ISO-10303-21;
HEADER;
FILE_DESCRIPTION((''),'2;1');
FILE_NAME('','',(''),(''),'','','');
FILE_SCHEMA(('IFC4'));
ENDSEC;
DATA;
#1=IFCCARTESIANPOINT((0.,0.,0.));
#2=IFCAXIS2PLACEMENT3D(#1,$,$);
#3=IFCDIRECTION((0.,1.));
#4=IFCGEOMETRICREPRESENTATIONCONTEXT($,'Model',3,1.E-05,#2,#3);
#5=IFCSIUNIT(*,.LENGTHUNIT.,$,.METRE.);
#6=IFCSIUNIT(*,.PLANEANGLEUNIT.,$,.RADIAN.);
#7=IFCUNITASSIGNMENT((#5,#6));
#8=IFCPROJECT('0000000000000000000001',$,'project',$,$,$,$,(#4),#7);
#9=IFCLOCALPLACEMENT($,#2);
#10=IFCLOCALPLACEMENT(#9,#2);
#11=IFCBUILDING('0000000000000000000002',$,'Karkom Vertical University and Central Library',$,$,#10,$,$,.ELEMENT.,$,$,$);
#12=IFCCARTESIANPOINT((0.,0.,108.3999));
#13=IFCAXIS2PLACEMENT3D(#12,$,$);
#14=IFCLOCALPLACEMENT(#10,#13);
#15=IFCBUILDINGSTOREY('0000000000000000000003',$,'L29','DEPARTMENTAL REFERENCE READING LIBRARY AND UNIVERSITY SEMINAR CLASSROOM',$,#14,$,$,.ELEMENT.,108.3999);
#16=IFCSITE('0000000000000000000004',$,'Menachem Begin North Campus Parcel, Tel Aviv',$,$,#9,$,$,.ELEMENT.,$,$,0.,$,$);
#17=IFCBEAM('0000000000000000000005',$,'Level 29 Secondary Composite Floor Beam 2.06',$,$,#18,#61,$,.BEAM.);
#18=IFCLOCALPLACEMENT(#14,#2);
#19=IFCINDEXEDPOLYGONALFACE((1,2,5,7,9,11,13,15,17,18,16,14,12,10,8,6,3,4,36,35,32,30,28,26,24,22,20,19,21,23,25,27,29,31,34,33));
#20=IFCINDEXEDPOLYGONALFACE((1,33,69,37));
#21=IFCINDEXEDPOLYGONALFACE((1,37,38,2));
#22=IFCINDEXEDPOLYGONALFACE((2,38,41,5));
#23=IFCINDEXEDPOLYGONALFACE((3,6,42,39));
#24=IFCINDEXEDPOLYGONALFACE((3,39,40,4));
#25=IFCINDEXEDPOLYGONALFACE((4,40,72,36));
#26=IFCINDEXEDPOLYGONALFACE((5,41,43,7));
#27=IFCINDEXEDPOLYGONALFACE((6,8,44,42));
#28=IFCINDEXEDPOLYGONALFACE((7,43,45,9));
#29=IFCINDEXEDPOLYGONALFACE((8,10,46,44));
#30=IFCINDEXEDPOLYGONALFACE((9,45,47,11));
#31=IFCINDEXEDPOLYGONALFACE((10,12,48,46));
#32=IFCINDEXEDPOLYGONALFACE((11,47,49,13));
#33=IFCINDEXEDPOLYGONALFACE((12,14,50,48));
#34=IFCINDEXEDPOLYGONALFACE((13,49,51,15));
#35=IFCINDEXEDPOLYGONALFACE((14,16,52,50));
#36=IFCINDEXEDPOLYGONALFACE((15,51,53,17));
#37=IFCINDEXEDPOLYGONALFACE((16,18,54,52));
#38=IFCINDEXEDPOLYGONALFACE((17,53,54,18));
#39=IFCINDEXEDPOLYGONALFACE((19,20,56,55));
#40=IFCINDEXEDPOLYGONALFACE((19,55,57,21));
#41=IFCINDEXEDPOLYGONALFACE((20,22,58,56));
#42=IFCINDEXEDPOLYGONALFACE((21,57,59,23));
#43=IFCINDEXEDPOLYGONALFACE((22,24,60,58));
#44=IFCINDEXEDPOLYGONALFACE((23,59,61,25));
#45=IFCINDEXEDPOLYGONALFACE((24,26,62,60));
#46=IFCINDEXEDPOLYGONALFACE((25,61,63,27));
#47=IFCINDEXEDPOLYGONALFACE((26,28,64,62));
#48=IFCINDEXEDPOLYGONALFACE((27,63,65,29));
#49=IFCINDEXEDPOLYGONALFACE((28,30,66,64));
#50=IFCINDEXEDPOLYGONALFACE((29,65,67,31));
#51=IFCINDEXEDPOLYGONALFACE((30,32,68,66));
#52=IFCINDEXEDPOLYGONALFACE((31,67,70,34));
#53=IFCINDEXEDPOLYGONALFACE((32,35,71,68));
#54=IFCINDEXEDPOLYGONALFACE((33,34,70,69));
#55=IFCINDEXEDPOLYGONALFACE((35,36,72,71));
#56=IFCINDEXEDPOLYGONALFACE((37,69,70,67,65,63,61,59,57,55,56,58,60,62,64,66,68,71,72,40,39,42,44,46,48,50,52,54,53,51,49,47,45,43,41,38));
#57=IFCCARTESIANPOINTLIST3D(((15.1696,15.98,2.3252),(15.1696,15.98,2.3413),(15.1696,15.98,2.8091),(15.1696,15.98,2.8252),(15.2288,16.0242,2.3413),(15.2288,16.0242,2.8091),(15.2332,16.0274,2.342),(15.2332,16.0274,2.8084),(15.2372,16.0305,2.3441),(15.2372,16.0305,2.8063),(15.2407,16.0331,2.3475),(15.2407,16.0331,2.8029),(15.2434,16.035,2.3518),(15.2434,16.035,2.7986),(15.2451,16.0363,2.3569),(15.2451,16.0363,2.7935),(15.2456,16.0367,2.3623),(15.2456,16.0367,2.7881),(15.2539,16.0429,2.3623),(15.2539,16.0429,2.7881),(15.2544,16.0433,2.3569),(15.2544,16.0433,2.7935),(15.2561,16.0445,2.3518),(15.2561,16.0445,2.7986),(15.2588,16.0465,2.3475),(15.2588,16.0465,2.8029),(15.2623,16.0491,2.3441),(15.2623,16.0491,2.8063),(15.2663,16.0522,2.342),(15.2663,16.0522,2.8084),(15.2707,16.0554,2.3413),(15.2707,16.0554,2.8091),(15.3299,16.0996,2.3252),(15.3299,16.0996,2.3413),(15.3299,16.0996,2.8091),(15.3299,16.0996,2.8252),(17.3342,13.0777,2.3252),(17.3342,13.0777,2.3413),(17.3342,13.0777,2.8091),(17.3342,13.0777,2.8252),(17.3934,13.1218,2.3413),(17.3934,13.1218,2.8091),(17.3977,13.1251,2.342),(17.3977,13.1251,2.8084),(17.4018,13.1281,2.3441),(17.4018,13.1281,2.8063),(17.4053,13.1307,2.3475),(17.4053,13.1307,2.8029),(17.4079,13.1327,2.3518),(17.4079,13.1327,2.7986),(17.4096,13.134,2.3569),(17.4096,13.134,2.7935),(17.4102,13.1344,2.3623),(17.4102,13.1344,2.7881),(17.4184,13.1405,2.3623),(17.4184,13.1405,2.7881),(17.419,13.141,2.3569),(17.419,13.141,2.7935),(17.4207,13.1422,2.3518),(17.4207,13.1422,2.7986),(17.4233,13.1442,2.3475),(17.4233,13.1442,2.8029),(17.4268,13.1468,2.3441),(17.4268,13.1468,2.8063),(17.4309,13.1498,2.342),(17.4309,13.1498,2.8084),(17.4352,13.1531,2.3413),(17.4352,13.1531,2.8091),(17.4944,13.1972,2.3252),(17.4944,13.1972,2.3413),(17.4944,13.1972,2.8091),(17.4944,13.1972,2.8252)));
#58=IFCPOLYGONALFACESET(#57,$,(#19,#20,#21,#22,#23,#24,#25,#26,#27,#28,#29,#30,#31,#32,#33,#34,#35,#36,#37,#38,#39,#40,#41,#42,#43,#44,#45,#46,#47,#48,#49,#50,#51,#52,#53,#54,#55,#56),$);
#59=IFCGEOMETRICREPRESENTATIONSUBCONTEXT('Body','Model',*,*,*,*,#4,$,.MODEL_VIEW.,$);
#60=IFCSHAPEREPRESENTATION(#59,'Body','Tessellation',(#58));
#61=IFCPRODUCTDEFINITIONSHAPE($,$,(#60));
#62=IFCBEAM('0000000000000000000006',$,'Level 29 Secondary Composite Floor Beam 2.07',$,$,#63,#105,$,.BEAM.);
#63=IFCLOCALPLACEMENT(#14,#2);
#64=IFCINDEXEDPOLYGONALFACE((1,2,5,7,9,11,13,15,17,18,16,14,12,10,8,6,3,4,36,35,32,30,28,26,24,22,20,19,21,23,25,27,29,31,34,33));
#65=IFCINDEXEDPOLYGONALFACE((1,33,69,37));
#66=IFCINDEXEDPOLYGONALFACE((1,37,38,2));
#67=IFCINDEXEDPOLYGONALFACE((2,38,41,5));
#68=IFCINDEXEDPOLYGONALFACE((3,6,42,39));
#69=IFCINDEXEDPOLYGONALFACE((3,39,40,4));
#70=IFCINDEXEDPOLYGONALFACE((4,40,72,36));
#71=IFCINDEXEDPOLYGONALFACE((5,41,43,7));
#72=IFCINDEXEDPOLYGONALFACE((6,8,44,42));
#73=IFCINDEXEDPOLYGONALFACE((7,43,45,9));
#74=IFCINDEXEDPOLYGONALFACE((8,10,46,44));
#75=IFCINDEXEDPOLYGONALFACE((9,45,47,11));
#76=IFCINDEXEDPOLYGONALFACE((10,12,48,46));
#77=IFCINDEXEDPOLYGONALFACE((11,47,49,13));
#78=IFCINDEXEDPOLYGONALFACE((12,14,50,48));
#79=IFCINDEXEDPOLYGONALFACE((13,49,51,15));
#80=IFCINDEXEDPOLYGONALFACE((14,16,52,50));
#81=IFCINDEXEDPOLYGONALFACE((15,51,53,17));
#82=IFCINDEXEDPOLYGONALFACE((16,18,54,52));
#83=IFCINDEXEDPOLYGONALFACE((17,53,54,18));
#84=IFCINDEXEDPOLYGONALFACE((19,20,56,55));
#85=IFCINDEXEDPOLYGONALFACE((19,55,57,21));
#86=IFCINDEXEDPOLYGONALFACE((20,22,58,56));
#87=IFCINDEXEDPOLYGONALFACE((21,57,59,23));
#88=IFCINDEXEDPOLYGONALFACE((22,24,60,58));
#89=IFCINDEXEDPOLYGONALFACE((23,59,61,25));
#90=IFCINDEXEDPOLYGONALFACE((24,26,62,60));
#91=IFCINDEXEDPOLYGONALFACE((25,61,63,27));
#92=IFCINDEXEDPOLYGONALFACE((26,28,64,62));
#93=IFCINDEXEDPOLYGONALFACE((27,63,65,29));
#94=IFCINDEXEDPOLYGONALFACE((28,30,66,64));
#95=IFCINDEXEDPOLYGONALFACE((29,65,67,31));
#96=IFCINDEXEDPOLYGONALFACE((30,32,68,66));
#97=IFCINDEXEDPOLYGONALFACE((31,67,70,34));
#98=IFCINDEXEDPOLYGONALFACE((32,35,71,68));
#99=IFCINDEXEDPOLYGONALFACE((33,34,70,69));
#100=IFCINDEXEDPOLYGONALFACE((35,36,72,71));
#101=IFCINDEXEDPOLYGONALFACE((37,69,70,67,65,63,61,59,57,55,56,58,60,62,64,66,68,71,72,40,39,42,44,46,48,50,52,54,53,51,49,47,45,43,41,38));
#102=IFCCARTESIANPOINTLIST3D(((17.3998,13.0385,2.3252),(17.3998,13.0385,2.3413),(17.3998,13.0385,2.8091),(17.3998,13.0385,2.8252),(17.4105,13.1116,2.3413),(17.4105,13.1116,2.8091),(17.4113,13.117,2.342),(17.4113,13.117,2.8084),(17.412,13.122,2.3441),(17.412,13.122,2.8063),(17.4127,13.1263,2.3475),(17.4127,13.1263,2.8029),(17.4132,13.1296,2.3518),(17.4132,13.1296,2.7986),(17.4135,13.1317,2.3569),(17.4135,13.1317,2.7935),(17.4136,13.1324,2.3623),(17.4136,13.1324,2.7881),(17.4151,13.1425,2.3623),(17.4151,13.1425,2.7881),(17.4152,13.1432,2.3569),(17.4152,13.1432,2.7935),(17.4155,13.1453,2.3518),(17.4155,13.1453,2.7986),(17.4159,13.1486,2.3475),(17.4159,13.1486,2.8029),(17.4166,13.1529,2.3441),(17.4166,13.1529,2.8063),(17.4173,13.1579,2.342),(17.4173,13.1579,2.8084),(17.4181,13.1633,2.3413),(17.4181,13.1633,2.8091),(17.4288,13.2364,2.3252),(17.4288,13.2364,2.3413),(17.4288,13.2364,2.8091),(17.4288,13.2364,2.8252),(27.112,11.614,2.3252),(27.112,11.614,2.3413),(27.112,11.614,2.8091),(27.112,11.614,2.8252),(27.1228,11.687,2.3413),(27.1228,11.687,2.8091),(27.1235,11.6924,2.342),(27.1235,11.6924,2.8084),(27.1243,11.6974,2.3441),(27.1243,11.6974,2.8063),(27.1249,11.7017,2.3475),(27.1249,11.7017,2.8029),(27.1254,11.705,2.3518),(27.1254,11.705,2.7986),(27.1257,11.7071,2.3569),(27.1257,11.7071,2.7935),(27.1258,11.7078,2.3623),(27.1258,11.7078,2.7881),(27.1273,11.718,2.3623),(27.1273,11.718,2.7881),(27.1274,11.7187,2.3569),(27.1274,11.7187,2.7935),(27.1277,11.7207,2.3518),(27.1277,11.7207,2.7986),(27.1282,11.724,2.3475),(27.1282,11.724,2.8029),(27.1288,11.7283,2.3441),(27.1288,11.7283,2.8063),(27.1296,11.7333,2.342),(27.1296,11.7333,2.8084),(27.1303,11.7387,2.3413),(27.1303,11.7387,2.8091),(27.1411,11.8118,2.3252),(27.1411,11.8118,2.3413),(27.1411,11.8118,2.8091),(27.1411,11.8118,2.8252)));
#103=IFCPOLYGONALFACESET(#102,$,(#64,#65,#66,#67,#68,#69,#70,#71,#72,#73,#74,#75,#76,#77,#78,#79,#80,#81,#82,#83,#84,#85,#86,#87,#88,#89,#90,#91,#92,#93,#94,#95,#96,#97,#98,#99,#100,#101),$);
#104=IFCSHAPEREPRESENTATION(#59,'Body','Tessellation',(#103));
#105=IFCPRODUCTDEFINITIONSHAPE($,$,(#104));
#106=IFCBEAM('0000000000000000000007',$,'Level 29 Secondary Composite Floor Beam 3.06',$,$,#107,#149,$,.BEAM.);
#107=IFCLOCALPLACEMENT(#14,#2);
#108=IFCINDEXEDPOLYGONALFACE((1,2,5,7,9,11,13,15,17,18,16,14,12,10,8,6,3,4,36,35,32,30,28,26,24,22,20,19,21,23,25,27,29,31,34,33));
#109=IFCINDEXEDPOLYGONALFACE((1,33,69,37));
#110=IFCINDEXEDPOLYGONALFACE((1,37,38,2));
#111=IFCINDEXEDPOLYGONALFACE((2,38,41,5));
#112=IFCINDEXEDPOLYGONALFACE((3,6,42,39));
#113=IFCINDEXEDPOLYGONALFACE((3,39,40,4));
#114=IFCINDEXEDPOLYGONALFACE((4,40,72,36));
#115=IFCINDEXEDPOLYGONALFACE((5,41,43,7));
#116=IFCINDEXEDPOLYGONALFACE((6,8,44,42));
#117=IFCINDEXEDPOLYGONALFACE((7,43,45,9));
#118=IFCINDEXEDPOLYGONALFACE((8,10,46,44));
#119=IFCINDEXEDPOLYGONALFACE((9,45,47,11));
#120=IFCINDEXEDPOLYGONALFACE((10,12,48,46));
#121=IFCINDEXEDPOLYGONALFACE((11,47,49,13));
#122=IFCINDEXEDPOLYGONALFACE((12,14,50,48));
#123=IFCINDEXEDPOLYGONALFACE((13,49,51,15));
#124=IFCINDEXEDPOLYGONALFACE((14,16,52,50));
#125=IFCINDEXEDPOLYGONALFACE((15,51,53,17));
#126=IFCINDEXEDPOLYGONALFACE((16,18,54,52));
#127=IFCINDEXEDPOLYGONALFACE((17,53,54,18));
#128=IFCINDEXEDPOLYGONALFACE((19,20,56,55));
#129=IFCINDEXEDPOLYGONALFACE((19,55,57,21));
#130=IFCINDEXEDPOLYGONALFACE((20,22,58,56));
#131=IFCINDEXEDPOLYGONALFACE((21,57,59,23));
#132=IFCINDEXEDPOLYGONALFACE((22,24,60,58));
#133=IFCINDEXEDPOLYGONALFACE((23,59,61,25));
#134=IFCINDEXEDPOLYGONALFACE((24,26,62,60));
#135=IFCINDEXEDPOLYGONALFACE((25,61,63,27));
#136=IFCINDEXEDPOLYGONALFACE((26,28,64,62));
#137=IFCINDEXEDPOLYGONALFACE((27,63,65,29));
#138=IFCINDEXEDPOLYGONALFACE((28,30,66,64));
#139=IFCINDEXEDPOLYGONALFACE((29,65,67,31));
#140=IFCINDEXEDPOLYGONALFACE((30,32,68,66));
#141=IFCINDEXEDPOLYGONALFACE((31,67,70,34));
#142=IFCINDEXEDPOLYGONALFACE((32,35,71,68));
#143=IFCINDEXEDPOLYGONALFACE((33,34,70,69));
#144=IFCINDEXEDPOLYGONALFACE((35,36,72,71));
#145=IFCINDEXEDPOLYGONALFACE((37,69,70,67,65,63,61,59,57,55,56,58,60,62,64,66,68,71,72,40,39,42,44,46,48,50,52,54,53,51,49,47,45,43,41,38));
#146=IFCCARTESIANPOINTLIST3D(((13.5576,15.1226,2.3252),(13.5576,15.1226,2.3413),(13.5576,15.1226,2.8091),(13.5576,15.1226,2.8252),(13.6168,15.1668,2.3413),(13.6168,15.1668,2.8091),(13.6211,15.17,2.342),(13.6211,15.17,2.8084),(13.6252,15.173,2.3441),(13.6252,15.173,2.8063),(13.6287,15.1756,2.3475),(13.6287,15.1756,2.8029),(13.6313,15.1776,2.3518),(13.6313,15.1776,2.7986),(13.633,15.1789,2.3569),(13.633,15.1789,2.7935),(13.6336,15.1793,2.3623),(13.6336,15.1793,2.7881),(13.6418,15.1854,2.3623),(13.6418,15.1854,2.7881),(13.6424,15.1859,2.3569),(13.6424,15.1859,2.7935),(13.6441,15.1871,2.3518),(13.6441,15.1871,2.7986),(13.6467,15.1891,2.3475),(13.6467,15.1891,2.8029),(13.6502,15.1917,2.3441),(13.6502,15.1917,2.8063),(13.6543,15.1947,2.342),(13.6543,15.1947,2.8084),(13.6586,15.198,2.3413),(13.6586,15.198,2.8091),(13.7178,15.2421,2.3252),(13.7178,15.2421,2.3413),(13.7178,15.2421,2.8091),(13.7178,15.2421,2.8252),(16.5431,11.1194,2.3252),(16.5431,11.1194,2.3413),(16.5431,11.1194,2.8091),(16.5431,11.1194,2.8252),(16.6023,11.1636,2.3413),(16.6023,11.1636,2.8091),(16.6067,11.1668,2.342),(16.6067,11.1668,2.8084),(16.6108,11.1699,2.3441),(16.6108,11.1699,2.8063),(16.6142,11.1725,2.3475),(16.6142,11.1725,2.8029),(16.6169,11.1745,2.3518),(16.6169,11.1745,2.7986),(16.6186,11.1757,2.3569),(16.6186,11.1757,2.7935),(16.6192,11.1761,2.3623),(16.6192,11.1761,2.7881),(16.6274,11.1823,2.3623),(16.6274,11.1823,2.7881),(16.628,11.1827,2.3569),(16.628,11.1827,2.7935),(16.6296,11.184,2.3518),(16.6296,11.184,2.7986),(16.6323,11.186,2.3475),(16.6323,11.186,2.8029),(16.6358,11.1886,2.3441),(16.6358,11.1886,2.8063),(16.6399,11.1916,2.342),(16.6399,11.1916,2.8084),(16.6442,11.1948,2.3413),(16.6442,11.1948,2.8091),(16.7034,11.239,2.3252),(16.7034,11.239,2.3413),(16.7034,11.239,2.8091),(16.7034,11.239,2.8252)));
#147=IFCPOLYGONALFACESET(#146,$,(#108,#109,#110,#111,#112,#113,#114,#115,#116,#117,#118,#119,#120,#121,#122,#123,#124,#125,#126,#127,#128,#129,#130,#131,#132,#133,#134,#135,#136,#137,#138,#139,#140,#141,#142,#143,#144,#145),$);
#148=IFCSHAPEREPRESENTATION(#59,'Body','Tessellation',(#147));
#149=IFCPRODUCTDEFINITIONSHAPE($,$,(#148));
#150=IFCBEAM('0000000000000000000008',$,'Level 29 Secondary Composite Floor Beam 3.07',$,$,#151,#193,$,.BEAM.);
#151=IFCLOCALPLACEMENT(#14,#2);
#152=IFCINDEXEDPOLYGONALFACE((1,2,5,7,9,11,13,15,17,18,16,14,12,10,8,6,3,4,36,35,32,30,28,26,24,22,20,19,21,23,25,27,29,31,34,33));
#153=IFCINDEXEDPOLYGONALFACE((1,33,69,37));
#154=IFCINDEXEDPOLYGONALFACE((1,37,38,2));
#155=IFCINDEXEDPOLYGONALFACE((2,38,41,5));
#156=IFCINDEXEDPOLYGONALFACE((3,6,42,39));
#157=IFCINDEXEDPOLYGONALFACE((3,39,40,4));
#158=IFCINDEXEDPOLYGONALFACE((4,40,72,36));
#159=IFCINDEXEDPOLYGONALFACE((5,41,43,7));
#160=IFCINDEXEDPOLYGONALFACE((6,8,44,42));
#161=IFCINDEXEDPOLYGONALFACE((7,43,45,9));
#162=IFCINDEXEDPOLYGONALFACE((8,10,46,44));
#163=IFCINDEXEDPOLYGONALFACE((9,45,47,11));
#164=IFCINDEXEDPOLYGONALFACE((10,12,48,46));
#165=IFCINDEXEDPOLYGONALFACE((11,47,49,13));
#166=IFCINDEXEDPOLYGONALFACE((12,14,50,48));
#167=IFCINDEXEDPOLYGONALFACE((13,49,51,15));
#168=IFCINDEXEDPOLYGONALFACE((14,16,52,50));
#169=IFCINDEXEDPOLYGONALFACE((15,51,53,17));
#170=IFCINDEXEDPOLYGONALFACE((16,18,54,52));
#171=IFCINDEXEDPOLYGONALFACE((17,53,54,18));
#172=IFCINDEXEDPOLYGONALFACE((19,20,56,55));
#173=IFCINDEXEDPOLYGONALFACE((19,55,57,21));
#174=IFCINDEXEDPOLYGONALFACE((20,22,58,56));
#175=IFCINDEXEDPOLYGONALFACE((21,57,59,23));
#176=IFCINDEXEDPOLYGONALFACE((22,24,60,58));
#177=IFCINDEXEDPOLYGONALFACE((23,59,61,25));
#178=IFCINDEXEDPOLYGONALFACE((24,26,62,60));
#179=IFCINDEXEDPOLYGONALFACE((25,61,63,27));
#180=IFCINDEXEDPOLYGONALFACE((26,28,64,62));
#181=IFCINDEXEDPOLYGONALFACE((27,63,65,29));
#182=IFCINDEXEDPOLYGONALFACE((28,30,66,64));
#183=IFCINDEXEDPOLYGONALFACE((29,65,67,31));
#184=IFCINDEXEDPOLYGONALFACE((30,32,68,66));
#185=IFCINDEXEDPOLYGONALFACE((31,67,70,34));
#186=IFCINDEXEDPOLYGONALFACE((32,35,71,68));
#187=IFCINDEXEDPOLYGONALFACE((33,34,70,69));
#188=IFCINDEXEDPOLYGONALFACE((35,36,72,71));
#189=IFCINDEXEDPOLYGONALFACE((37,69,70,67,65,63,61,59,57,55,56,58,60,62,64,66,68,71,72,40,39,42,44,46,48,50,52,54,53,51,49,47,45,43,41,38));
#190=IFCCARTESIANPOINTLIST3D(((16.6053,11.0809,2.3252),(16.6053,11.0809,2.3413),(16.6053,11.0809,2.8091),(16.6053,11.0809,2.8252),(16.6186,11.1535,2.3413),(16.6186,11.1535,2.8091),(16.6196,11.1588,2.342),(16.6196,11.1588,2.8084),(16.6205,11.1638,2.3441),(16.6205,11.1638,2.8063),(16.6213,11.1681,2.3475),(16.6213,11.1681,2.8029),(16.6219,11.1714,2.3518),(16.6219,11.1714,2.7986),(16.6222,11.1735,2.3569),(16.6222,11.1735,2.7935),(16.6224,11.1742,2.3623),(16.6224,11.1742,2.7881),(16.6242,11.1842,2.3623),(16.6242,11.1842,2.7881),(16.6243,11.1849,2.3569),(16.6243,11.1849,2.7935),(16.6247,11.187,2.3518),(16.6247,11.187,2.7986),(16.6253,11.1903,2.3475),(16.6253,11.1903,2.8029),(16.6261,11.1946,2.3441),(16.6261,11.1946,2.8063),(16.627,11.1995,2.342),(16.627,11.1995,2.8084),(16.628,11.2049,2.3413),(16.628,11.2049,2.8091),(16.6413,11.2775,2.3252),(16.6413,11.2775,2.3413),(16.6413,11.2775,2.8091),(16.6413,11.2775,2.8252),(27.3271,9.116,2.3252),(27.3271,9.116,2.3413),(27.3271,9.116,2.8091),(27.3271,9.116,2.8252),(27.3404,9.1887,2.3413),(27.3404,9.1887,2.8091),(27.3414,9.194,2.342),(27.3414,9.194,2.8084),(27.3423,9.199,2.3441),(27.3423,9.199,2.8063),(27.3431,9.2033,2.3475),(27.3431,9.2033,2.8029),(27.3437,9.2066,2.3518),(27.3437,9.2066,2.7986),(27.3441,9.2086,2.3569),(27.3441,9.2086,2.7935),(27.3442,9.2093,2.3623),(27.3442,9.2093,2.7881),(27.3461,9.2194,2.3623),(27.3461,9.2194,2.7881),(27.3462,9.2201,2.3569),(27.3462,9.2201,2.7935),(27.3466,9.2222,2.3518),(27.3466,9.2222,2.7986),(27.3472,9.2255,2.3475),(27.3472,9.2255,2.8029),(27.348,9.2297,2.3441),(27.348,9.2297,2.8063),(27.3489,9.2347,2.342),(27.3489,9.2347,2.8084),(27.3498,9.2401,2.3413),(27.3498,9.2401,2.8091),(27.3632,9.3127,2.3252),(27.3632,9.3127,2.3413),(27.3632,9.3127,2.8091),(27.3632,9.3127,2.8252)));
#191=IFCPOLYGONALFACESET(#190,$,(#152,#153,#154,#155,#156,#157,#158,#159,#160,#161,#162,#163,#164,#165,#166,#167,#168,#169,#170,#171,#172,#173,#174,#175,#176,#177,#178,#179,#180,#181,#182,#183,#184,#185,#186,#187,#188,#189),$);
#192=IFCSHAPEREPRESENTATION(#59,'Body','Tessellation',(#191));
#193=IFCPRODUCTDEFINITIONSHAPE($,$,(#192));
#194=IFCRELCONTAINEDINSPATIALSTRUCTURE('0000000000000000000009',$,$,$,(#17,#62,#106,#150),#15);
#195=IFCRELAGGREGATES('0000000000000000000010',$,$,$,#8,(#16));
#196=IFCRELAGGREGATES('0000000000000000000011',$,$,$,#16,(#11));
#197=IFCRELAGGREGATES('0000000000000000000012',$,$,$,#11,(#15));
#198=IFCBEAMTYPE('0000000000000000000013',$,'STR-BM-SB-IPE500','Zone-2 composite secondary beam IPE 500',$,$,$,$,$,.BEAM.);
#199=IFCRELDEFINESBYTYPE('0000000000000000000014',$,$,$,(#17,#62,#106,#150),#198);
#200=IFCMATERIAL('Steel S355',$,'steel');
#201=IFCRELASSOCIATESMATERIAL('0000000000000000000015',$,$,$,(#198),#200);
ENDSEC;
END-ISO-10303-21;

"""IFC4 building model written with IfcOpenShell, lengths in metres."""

from ifc_helpers import new_model, si_unit, direction, frame, origin, origin_with_axes, origin_2d, place, context, subcontext, project, spatial, i_section, extrude, source, transform, mapped, material, material_profile, profile_set, type_object, element, save


model = new_model("IFC4")

# Units and contexts
model_context = context("Model", 3, precision=1e-05, world=origin(), true_north=direction((0.0, 1.0)))
body_context = subcontext(model_context, "Body", "Model", "MODEL_VIEW")
ifc_project = project(units=[si_unit("LENGTHUNIT", "METRE"), si_unit("PLANEANGLEUNIT", "RADIAN")], contexts=[model_context])

# Site, building, storey
site_placement = place(None, origin())
site = spatial("IfcSite", under=ifc_project, at=site_placement, Name="Menachem Begin North Campus Parcel, Tel Aviv", CompositionType="ELEMENT", RefElevation=0.0)
building_placement = place(site_placement, origin())
building = spatial("IfcBuilding", under=site, at=building_placement, Name="Karkom Vertical University and Central Library", CompositionType="ELEMENT")
storey_placement = place(building_placement, frame((0.0, 0.0, 108.3999)))
storey = spatial("IfcBuildingStorey", under=building, at=storey_placement, Name="L29", Description="DEPARTMENTAL REFERENCE READING LIBRARY AND UNIVERSITY SEMINAR CLASSROOM", CompositionType="ELEMENT", Elevation=108.3999)

# Beams
ifc_material_1 = material(Name="Steel S355", Category="steel")
ifc_material_profile_1 = material_profile(ifc_material_1, i_section(OverallWidth=0.2, OverallDepth=0.5, WebThickness=0.0103, FlangeThickness=0.0161, FilletRadius=0.021, at=origin_2d()), Name="IPE 500")
ifc_profile_set_1 = profile_set([ifc_material_profile_1], Name="Steel S355")
beam_type_1 = type_object("IfcBeamType", Name="STR-BM-SB-IPE500", Description="Zone-2 composite secondary beam IPE 500", PredefinedType="BEAM", material=ifc_profile_set_1)
shared_shape_1 = source(origin_with_axes(), body_context, "Body", "SweptSolid", [
    extrude(i_section(OverallWidth=0.2, OverallDepth=0.5, WebThickness=0.0103, FlangeThickness=0.0161, FilletRadius=0.021, at=origin_2d()), origin(), (0.0, 0.0, 1.0), 3.6206),
])
beam_1_placement = place(storey_placement, frame((15.2498, 16.0398, 2.5752), z_axis=(0.59784, -0.801615, 0.0), x_axis=(0.801615, 0.59784, 0.0)))
element("IfcBeam", 1, at=beam_1_placement, inside=storey, type_object=beam_type_1, Name="Level 29 Secondary Composite Floor Beam 2.06", PredefinedType="BEAM", context=body_context, shape_type="MappedRepresentation", body=[
    mapped(shared_shape_1, transform((0.0, 0.0, 0.0), scale=1.0)),
])
shared_shape_2 = source(origin_with_axes(), body_context, "Body", "SweptSolid", [
    extrude(i_section(OverallWidth=0.2, OverallDepth=0.5, WebThickness=0.0103, FlangeThickness=0.0161, FilletRadius=0.021, at=origin_2d()), origin(), (0.0, 0.0, 1.0), 9.8162),
])
beam_2_placement = place(storey_placement, frame((17.4143, 13.1375, 2.5752), z_axis=(0.989413, -0.145125, 0.0), x_axis=(0.145125, 0.989413, 0.0)))
element("IfcBeam", 2, at=beam_2_placement, inside=storey, type_object=beam_type_1, Name="Level 29 Secondary Composite Floor Beam 2.07", PredefinedType="BEAM", context=body_context, shape_type="MappedRepresentation", body=[
    mapped(shared_shape_2, transform((0.0, 0.0, 0.0), scale=1.0)),
])
shared_shape_3 = source(origin_with_axes(), body_context, "Body", "SweptSolid", [
    extrude(i_section(OverallWidth=0.2, OverallDepth=0.5, WebThickness=0.0103, FlangeThickness=0.0161, FilletRadius=0.021, at=origin_2d()), origin(), (0.0, 0.0, 1.0), 4.9939),
])
beam_3_placement = place(storey_placement, frame((13.6377, 15.1824, 2.5752), z_axis=(0.597847, -0.80161, 0.0), x_axis=(0.80161, 0.597847, 0.0)))
element("IfcBeam", 3, at=beam_3_placement, inside=storey, type_object=beam_type_1, Name="Level 29 Secondary Composite Floor Beam 3.06", PredefinedType="BEAM", context=body_context, shape_type="MappedRepresentation", body=[
    mapped(shared_shape_3, transform((0.0, 0.0, 0.0), scale=1.0)),
])
shared_shape_4 = source(origin_with_axes(), body_context, "Body", "SweptSolid", [
    extrude(i_section(OverallWidth=0.2, OverallDepth=0.5, WebThickness=0.0103, FlangeThickness=0.0161, FilletRadius=0.021, at=origin_2d()), origin(), (0.0, 0.0, 1.0), 10.9004),
])
beam_4_placement = place(storey_placement, frame((16.6233, 11.1792, 2.5752), z_axis=(0.98362, -0.180253, 0.0), x_axis=(0.180253, 0.98362, 0.0)))
element("IfcBeam", 4, at=beam_4_placement, inside=storey, type_object=beam_type_1, Name="Level 29 Secondary Composite Floor Beam 3.07", PredefinedType="BEAM", context=body_context, shape_type="MappedRepresentation", body=[
    mapped(shared_shape_4, transform((0.0, 0.0, 0.0), scale=1.0)),
])

save(model, "model.ifc")
